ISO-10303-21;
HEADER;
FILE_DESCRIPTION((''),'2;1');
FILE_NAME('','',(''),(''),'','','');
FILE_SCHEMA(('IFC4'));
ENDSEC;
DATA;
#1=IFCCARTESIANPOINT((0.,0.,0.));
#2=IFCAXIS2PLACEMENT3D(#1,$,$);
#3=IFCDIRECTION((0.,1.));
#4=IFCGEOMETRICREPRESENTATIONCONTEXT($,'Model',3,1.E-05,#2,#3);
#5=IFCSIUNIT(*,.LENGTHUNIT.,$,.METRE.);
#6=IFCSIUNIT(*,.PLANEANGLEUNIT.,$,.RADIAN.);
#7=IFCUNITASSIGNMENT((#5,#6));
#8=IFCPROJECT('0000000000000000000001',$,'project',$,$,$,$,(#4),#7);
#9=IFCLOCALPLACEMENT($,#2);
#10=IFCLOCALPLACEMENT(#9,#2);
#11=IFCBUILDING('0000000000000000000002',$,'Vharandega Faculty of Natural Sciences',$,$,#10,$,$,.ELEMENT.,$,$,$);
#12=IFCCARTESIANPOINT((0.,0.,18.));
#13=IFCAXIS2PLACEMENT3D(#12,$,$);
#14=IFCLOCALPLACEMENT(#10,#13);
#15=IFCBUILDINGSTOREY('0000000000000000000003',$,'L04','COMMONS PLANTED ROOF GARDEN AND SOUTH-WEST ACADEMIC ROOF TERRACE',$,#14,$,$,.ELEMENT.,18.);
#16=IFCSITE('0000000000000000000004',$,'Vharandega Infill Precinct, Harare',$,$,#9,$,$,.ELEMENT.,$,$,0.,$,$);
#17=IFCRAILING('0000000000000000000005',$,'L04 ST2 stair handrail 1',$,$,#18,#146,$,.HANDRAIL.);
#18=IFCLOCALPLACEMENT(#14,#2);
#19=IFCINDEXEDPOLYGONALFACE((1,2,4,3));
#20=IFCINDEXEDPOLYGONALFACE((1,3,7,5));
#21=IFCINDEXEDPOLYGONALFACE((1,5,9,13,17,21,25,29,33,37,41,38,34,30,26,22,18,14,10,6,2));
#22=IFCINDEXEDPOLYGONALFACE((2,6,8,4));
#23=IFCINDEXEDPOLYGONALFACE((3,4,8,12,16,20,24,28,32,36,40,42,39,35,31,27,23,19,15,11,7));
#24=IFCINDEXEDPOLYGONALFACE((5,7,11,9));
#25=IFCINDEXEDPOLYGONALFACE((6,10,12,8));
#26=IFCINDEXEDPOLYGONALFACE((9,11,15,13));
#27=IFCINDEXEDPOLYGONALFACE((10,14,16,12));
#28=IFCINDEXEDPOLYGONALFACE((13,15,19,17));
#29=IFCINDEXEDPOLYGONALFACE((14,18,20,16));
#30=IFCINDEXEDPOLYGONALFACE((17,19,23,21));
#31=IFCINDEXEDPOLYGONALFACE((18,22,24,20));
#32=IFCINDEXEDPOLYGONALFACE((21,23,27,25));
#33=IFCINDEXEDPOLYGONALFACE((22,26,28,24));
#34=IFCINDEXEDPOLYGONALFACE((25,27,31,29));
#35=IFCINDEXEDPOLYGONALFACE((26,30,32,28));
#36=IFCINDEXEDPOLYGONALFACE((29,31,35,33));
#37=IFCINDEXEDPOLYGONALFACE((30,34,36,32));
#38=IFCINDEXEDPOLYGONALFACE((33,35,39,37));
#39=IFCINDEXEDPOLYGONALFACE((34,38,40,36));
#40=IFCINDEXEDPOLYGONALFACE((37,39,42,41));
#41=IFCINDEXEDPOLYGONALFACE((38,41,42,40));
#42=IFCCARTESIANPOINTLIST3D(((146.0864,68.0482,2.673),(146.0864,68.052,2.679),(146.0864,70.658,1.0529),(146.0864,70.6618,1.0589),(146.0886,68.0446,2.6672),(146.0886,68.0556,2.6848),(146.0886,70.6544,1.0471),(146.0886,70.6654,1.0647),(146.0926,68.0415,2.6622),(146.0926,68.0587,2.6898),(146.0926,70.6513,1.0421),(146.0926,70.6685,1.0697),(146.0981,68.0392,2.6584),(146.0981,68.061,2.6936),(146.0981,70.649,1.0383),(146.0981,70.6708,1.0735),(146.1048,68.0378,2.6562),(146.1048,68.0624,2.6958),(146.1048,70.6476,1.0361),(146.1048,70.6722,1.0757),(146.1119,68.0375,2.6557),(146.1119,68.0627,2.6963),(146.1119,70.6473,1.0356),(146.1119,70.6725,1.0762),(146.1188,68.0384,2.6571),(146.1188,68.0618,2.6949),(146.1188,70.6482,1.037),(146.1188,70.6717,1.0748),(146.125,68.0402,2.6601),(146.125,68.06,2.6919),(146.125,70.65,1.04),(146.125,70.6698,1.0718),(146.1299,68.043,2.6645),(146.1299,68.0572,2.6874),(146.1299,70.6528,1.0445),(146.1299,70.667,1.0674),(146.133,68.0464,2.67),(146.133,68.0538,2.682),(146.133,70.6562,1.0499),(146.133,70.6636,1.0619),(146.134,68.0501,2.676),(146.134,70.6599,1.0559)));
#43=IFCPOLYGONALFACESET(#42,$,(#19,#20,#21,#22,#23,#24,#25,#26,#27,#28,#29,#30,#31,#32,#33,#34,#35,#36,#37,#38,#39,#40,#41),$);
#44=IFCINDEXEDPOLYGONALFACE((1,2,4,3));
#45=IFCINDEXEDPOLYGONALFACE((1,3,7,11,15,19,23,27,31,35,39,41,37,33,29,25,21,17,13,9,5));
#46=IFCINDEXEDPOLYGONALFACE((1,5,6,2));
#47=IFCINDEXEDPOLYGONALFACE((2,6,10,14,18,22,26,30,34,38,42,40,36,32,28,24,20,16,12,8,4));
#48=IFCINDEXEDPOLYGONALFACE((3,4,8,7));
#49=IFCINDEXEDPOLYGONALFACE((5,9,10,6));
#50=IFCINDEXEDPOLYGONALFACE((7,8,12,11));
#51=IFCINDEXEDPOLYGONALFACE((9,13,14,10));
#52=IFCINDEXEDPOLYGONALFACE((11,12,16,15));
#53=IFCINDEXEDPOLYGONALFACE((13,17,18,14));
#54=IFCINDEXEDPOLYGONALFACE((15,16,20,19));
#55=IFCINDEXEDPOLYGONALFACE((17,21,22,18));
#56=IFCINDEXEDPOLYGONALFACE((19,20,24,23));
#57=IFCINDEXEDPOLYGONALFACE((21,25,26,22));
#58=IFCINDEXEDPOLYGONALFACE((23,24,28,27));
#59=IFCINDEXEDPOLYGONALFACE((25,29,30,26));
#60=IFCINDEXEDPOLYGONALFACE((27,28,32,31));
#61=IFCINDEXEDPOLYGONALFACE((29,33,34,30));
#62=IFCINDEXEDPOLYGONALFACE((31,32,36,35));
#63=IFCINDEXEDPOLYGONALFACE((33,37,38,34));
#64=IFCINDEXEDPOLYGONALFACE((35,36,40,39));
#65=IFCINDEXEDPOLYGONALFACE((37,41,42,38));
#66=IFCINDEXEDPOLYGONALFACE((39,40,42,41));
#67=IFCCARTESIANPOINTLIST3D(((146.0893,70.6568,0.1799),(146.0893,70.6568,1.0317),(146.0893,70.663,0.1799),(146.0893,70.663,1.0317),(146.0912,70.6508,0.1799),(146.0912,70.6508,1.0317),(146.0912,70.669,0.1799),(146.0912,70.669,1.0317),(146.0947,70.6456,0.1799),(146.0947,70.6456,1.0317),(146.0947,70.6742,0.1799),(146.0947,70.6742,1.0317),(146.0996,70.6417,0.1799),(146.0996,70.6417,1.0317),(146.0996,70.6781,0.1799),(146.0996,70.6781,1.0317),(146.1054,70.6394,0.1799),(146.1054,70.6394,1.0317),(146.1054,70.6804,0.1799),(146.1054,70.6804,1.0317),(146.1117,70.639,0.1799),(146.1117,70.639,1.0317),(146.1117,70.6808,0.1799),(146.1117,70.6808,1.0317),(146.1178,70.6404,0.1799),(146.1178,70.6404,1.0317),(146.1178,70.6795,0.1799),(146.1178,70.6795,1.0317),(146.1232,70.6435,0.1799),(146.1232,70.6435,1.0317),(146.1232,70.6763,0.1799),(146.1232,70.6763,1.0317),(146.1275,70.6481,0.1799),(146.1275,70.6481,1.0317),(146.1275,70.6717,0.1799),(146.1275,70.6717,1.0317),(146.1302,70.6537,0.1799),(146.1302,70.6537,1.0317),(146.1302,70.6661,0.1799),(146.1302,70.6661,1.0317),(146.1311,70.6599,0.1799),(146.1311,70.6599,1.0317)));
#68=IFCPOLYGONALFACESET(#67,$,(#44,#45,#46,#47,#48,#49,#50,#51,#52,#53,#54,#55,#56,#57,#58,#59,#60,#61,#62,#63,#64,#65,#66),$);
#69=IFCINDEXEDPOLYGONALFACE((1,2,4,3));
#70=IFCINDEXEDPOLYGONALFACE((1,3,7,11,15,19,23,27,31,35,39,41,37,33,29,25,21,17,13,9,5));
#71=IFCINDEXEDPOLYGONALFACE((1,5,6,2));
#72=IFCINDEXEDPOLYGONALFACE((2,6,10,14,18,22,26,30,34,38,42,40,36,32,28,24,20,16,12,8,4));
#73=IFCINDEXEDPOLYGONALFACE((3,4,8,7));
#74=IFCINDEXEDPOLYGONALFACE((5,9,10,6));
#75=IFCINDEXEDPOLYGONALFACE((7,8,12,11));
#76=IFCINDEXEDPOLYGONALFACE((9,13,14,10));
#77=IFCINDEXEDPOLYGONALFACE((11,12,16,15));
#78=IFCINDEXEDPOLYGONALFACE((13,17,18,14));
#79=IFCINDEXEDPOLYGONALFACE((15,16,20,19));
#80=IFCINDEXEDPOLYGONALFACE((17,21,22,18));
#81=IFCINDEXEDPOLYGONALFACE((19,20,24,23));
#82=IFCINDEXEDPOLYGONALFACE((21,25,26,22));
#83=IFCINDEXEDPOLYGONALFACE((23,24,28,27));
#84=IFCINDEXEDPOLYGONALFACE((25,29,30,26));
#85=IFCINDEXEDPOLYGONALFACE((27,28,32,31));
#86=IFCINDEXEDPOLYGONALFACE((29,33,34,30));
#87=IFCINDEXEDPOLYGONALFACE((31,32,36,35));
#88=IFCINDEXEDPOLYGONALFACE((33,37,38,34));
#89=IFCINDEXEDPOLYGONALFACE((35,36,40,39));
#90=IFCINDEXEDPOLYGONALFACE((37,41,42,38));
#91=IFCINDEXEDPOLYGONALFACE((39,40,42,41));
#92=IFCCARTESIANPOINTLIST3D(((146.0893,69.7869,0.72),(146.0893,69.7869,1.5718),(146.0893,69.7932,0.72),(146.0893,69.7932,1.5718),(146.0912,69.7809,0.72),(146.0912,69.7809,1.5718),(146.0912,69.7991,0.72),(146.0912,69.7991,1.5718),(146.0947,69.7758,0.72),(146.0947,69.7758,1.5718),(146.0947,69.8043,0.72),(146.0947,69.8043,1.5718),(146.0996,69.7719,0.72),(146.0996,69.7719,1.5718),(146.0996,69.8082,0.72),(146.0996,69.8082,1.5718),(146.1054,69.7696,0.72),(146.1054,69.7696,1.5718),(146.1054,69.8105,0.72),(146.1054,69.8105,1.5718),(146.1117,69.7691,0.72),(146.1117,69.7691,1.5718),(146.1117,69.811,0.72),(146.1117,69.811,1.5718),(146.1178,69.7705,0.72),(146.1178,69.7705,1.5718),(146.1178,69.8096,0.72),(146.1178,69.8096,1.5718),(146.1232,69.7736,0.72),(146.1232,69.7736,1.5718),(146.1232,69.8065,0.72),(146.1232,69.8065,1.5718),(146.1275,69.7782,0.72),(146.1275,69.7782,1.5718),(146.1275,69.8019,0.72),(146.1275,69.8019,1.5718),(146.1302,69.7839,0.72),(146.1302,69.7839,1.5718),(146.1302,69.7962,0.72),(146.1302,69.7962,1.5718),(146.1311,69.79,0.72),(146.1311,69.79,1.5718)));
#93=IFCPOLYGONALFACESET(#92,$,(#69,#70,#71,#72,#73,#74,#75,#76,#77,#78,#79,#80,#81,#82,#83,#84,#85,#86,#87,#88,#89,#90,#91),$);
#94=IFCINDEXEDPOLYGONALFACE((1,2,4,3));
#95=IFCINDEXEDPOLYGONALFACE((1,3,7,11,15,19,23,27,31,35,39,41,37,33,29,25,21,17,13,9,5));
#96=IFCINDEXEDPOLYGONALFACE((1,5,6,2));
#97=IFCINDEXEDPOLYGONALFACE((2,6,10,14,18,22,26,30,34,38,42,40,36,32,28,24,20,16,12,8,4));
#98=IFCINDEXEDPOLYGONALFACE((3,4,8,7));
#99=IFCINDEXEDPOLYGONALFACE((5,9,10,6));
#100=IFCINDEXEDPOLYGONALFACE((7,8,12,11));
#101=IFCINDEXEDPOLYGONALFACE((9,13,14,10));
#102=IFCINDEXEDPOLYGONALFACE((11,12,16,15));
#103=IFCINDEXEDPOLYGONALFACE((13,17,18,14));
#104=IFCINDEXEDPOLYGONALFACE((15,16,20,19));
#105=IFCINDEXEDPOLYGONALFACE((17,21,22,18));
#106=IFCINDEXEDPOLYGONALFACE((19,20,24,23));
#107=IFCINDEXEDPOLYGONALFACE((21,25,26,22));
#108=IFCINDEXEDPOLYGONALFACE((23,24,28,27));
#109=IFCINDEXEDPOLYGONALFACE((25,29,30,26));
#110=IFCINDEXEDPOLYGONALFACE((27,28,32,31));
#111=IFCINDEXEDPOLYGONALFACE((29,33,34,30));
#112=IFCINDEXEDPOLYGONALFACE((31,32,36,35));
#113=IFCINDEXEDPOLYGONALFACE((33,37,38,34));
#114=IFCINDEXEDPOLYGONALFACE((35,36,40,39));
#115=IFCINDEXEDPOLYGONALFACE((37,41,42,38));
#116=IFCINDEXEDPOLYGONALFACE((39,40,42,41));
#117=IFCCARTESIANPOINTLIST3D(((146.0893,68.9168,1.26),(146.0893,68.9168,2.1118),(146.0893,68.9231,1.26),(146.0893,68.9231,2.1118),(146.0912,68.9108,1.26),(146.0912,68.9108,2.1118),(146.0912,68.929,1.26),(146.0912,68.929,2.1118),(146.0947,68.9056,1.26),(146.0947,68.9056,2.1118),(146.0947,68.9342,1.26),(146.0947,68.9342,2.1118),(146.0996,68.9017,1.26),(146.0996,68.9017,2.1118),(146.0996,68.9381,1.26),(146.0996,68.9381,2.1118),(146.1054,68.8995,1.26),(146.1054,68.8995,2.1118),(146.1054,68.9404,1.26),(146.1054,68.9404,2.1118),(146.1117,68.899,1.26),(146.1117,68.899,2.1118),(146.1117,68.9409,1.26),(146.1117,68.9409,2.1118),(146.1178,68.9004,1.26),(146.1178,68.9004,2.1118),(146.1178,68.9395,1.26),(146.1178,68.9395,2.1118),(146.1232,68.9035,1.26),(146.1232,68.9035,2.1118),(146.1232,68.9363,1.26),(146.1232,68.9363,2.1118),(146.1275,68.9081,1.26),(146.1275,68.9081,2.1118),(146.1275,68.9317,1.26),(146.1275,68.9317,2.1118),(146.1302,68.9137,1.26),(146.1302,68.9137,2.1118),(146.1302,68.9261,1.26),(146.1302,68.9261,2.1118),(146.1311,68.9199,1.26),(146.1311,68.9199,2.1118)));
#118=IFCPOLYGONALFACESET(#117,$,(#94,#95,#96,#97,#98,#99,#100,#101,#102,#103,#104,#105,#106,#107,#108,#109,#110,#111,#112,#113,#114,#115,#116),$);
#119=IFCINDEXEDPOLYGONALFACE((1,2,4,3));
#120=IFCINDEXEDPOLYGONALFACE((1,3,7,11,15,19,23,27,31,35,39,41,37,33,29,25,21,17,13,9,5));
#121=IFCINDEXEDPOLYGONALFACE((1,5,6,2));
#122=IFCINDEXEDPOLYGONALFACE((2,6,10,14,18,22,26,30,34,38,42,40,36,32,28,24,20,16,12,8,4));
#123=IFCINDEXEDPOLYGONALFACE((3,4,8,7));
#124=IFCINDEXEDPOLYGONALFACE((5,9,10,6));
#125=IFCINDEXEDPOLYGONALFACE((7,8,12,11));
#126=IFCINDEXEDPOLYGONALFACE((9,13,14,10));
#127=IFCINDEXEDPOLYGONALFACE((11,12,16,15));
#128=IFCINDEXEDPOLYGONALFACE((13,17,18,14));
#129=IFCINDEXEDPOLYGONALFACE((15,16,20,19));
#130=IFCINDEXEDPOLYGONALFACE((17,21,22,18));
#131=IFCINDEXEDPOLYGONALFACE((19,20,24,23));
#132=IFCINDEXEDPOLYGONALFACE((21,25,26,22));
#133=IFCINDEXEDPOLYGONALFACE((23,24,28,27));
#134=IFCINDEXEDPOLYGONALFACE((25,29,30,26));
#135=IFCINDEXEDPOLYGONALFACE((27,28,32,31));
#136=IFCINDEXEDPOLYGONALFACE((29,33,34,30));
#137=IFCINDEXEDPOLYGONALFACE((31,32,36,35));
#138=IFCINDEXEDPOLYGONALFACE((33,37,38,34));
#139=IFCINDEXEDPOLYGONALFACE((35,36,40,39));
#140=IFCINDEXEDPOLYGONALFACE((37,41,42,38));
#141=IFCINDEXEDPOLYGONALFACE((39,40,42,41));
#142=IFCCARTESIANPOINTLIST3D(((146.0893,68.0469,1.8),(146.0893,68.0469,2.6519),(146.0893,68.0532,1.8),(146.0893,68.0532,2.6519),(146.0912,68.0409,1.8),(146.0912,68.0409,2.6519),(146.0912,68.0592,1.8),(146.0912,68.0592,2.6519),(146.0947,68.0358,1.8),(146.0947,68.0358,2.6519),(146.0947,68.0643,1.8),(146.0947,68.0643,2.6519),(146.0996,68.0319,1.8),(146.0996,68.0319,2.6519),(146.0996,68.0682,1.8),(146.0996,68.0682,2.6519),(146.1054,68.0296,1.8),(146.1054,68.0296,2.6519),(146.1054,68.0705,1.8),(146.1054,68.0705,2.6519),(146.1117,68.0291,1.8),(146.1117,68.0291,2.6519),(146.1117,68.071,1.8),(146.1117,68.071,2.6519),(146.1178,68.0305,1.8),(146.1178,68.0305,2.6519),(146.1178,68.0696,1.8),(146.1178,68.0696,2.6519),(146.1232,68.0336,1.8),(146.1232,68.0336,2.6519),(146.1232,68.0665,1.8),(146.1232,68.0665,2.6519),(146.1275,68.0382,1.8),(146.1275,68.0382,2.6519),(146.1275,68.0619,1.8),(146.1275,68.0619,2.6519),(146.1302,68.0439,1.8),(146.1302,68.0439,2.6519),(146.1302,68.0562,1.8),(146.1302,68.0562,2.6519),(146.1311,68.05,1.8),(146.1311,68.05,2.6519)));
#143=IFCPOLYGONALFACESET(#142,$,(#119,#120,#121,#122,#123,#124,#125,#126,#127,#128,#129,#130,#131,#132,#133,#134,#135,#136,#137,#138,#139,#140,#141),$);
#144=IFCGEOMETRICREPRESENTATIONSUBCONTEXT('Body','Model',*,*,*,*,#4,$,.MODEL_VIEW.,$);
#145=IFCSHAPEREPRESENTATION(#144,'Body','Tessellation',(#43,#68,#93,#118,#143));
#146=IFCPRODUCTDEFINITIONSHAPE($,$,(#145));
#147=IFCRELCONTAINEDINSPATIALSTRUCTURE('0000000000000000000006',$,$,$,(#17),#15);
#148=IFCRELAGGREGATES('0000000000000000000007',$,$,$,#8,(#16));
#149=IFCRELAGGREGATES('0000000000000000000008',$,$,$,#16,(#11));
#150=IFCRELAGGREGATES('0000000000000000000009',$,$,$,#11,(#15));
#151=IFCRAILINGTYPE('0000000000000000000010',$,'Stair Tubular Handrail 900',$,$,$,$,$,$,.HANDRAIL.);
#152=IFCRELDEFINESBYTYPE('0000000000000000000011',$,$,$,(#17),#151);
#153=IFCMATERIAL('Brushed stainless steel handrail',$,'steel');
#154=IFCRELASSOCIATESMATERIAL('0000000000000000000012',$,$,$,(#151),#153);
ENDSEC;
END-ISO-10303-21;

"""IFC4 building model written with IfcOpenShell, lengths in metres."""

from ifc_helpers import new_model, si_unit, direction, frame, origin, origin_2d, place, context, subcontext, project, spatial, circle, extrude, material, type_object, element, save


model = new_model("IFC4")

# Units and contexts
model_context = context("Model", 3, precision=1e-05, world=origin(), true_north=direction((0.0, 1.0)))
body_context = subcontext(model_context, "Body", "Model", "MODEL_VIEW")
ifc_project = project(units=[si_unit("LENGTHUNIT", "METRE"), si_unit("PLANEANGLEUNIT", "RADIAN")], contexts=[model_context])

# Site, building, storey
site_placement = place(None, origin())
site = spatial("IfcSite", under=ifc_project, at=site_placement, Name="Vharandega Infill Precinct, Harare", CompositionType="ELEMENT", RefElevation=0.0)
building_placement = place(site_placement, origin())
building = spatial("IfcBuilding", under=site, at=building_placement, Name="Vharandega Faculty of Natural Sciences", CompositionType="ELEMENT")
storey_placement = place(building_placement, frame((0.0, 0.0, 18.0)))
storey = spatial("IfcBuildingStorey", under=building, at=storey_placement, Name="L04", Description="COMMONS PLANTED ROOF GARDEN AND SOUTH-WEST ACADEMIC ROOF TERRACE", CompositionType="ELEMENT", Elevation=18.0)

# Railing
ifc_material_1 = material(Name="Brushed stainless steel handrail", Category="steel")
railing_type_1 = type_object("IfcRailingType", Name="Stair Tubular Handrail 900", PredefinedType="HANDRAIL", material=ifc_material_1)
railing_1_placement = place(storey_placement, frame((146.1101, 70.6599, 0.1799)))
element("IfcRailing", 1, at=railing_1_placement, inside=storey, type_object=railing_type_1, Name="L04 ST2 stair handrail 1", PredefinedType="HANDRAIL", context=body_context, shape_type="SweptSolid", body=[
    extrude(circle(Radius=0.0239, at=origin_2d()), frame((0.0, 0.0, 0.876), z_axis=(0.0, -0.849611, 0.52741), x_axis=(1.0, 0.0, 0.0)), (0.0, 0.0, 1.0), 3.0718),
    extrude(circle(Radius=0.021, at=origin_2d()), origin(), (0.0, 0.0, 1.0), 0.8518),
    extrude(circle(Radius=0.021, at=origin_2d()), frame((0.0, -0.8699, 0.54)), (0.0, 0.0, 1.0), 0.8518),
    extrude(circle(Radius=0.021, at=origin_2d()), frame((0.0, -1.74, 1.0801)), (0.0, 0.0, 1.0), 0.8518),
    extrude(circle(Radius=0.021, at=origin_2d()), frame((0.0, -2.6099, 1.6201)), (0.0, 0.0, 1.0), 0.8518),
])

save(model, "model.ifc")
